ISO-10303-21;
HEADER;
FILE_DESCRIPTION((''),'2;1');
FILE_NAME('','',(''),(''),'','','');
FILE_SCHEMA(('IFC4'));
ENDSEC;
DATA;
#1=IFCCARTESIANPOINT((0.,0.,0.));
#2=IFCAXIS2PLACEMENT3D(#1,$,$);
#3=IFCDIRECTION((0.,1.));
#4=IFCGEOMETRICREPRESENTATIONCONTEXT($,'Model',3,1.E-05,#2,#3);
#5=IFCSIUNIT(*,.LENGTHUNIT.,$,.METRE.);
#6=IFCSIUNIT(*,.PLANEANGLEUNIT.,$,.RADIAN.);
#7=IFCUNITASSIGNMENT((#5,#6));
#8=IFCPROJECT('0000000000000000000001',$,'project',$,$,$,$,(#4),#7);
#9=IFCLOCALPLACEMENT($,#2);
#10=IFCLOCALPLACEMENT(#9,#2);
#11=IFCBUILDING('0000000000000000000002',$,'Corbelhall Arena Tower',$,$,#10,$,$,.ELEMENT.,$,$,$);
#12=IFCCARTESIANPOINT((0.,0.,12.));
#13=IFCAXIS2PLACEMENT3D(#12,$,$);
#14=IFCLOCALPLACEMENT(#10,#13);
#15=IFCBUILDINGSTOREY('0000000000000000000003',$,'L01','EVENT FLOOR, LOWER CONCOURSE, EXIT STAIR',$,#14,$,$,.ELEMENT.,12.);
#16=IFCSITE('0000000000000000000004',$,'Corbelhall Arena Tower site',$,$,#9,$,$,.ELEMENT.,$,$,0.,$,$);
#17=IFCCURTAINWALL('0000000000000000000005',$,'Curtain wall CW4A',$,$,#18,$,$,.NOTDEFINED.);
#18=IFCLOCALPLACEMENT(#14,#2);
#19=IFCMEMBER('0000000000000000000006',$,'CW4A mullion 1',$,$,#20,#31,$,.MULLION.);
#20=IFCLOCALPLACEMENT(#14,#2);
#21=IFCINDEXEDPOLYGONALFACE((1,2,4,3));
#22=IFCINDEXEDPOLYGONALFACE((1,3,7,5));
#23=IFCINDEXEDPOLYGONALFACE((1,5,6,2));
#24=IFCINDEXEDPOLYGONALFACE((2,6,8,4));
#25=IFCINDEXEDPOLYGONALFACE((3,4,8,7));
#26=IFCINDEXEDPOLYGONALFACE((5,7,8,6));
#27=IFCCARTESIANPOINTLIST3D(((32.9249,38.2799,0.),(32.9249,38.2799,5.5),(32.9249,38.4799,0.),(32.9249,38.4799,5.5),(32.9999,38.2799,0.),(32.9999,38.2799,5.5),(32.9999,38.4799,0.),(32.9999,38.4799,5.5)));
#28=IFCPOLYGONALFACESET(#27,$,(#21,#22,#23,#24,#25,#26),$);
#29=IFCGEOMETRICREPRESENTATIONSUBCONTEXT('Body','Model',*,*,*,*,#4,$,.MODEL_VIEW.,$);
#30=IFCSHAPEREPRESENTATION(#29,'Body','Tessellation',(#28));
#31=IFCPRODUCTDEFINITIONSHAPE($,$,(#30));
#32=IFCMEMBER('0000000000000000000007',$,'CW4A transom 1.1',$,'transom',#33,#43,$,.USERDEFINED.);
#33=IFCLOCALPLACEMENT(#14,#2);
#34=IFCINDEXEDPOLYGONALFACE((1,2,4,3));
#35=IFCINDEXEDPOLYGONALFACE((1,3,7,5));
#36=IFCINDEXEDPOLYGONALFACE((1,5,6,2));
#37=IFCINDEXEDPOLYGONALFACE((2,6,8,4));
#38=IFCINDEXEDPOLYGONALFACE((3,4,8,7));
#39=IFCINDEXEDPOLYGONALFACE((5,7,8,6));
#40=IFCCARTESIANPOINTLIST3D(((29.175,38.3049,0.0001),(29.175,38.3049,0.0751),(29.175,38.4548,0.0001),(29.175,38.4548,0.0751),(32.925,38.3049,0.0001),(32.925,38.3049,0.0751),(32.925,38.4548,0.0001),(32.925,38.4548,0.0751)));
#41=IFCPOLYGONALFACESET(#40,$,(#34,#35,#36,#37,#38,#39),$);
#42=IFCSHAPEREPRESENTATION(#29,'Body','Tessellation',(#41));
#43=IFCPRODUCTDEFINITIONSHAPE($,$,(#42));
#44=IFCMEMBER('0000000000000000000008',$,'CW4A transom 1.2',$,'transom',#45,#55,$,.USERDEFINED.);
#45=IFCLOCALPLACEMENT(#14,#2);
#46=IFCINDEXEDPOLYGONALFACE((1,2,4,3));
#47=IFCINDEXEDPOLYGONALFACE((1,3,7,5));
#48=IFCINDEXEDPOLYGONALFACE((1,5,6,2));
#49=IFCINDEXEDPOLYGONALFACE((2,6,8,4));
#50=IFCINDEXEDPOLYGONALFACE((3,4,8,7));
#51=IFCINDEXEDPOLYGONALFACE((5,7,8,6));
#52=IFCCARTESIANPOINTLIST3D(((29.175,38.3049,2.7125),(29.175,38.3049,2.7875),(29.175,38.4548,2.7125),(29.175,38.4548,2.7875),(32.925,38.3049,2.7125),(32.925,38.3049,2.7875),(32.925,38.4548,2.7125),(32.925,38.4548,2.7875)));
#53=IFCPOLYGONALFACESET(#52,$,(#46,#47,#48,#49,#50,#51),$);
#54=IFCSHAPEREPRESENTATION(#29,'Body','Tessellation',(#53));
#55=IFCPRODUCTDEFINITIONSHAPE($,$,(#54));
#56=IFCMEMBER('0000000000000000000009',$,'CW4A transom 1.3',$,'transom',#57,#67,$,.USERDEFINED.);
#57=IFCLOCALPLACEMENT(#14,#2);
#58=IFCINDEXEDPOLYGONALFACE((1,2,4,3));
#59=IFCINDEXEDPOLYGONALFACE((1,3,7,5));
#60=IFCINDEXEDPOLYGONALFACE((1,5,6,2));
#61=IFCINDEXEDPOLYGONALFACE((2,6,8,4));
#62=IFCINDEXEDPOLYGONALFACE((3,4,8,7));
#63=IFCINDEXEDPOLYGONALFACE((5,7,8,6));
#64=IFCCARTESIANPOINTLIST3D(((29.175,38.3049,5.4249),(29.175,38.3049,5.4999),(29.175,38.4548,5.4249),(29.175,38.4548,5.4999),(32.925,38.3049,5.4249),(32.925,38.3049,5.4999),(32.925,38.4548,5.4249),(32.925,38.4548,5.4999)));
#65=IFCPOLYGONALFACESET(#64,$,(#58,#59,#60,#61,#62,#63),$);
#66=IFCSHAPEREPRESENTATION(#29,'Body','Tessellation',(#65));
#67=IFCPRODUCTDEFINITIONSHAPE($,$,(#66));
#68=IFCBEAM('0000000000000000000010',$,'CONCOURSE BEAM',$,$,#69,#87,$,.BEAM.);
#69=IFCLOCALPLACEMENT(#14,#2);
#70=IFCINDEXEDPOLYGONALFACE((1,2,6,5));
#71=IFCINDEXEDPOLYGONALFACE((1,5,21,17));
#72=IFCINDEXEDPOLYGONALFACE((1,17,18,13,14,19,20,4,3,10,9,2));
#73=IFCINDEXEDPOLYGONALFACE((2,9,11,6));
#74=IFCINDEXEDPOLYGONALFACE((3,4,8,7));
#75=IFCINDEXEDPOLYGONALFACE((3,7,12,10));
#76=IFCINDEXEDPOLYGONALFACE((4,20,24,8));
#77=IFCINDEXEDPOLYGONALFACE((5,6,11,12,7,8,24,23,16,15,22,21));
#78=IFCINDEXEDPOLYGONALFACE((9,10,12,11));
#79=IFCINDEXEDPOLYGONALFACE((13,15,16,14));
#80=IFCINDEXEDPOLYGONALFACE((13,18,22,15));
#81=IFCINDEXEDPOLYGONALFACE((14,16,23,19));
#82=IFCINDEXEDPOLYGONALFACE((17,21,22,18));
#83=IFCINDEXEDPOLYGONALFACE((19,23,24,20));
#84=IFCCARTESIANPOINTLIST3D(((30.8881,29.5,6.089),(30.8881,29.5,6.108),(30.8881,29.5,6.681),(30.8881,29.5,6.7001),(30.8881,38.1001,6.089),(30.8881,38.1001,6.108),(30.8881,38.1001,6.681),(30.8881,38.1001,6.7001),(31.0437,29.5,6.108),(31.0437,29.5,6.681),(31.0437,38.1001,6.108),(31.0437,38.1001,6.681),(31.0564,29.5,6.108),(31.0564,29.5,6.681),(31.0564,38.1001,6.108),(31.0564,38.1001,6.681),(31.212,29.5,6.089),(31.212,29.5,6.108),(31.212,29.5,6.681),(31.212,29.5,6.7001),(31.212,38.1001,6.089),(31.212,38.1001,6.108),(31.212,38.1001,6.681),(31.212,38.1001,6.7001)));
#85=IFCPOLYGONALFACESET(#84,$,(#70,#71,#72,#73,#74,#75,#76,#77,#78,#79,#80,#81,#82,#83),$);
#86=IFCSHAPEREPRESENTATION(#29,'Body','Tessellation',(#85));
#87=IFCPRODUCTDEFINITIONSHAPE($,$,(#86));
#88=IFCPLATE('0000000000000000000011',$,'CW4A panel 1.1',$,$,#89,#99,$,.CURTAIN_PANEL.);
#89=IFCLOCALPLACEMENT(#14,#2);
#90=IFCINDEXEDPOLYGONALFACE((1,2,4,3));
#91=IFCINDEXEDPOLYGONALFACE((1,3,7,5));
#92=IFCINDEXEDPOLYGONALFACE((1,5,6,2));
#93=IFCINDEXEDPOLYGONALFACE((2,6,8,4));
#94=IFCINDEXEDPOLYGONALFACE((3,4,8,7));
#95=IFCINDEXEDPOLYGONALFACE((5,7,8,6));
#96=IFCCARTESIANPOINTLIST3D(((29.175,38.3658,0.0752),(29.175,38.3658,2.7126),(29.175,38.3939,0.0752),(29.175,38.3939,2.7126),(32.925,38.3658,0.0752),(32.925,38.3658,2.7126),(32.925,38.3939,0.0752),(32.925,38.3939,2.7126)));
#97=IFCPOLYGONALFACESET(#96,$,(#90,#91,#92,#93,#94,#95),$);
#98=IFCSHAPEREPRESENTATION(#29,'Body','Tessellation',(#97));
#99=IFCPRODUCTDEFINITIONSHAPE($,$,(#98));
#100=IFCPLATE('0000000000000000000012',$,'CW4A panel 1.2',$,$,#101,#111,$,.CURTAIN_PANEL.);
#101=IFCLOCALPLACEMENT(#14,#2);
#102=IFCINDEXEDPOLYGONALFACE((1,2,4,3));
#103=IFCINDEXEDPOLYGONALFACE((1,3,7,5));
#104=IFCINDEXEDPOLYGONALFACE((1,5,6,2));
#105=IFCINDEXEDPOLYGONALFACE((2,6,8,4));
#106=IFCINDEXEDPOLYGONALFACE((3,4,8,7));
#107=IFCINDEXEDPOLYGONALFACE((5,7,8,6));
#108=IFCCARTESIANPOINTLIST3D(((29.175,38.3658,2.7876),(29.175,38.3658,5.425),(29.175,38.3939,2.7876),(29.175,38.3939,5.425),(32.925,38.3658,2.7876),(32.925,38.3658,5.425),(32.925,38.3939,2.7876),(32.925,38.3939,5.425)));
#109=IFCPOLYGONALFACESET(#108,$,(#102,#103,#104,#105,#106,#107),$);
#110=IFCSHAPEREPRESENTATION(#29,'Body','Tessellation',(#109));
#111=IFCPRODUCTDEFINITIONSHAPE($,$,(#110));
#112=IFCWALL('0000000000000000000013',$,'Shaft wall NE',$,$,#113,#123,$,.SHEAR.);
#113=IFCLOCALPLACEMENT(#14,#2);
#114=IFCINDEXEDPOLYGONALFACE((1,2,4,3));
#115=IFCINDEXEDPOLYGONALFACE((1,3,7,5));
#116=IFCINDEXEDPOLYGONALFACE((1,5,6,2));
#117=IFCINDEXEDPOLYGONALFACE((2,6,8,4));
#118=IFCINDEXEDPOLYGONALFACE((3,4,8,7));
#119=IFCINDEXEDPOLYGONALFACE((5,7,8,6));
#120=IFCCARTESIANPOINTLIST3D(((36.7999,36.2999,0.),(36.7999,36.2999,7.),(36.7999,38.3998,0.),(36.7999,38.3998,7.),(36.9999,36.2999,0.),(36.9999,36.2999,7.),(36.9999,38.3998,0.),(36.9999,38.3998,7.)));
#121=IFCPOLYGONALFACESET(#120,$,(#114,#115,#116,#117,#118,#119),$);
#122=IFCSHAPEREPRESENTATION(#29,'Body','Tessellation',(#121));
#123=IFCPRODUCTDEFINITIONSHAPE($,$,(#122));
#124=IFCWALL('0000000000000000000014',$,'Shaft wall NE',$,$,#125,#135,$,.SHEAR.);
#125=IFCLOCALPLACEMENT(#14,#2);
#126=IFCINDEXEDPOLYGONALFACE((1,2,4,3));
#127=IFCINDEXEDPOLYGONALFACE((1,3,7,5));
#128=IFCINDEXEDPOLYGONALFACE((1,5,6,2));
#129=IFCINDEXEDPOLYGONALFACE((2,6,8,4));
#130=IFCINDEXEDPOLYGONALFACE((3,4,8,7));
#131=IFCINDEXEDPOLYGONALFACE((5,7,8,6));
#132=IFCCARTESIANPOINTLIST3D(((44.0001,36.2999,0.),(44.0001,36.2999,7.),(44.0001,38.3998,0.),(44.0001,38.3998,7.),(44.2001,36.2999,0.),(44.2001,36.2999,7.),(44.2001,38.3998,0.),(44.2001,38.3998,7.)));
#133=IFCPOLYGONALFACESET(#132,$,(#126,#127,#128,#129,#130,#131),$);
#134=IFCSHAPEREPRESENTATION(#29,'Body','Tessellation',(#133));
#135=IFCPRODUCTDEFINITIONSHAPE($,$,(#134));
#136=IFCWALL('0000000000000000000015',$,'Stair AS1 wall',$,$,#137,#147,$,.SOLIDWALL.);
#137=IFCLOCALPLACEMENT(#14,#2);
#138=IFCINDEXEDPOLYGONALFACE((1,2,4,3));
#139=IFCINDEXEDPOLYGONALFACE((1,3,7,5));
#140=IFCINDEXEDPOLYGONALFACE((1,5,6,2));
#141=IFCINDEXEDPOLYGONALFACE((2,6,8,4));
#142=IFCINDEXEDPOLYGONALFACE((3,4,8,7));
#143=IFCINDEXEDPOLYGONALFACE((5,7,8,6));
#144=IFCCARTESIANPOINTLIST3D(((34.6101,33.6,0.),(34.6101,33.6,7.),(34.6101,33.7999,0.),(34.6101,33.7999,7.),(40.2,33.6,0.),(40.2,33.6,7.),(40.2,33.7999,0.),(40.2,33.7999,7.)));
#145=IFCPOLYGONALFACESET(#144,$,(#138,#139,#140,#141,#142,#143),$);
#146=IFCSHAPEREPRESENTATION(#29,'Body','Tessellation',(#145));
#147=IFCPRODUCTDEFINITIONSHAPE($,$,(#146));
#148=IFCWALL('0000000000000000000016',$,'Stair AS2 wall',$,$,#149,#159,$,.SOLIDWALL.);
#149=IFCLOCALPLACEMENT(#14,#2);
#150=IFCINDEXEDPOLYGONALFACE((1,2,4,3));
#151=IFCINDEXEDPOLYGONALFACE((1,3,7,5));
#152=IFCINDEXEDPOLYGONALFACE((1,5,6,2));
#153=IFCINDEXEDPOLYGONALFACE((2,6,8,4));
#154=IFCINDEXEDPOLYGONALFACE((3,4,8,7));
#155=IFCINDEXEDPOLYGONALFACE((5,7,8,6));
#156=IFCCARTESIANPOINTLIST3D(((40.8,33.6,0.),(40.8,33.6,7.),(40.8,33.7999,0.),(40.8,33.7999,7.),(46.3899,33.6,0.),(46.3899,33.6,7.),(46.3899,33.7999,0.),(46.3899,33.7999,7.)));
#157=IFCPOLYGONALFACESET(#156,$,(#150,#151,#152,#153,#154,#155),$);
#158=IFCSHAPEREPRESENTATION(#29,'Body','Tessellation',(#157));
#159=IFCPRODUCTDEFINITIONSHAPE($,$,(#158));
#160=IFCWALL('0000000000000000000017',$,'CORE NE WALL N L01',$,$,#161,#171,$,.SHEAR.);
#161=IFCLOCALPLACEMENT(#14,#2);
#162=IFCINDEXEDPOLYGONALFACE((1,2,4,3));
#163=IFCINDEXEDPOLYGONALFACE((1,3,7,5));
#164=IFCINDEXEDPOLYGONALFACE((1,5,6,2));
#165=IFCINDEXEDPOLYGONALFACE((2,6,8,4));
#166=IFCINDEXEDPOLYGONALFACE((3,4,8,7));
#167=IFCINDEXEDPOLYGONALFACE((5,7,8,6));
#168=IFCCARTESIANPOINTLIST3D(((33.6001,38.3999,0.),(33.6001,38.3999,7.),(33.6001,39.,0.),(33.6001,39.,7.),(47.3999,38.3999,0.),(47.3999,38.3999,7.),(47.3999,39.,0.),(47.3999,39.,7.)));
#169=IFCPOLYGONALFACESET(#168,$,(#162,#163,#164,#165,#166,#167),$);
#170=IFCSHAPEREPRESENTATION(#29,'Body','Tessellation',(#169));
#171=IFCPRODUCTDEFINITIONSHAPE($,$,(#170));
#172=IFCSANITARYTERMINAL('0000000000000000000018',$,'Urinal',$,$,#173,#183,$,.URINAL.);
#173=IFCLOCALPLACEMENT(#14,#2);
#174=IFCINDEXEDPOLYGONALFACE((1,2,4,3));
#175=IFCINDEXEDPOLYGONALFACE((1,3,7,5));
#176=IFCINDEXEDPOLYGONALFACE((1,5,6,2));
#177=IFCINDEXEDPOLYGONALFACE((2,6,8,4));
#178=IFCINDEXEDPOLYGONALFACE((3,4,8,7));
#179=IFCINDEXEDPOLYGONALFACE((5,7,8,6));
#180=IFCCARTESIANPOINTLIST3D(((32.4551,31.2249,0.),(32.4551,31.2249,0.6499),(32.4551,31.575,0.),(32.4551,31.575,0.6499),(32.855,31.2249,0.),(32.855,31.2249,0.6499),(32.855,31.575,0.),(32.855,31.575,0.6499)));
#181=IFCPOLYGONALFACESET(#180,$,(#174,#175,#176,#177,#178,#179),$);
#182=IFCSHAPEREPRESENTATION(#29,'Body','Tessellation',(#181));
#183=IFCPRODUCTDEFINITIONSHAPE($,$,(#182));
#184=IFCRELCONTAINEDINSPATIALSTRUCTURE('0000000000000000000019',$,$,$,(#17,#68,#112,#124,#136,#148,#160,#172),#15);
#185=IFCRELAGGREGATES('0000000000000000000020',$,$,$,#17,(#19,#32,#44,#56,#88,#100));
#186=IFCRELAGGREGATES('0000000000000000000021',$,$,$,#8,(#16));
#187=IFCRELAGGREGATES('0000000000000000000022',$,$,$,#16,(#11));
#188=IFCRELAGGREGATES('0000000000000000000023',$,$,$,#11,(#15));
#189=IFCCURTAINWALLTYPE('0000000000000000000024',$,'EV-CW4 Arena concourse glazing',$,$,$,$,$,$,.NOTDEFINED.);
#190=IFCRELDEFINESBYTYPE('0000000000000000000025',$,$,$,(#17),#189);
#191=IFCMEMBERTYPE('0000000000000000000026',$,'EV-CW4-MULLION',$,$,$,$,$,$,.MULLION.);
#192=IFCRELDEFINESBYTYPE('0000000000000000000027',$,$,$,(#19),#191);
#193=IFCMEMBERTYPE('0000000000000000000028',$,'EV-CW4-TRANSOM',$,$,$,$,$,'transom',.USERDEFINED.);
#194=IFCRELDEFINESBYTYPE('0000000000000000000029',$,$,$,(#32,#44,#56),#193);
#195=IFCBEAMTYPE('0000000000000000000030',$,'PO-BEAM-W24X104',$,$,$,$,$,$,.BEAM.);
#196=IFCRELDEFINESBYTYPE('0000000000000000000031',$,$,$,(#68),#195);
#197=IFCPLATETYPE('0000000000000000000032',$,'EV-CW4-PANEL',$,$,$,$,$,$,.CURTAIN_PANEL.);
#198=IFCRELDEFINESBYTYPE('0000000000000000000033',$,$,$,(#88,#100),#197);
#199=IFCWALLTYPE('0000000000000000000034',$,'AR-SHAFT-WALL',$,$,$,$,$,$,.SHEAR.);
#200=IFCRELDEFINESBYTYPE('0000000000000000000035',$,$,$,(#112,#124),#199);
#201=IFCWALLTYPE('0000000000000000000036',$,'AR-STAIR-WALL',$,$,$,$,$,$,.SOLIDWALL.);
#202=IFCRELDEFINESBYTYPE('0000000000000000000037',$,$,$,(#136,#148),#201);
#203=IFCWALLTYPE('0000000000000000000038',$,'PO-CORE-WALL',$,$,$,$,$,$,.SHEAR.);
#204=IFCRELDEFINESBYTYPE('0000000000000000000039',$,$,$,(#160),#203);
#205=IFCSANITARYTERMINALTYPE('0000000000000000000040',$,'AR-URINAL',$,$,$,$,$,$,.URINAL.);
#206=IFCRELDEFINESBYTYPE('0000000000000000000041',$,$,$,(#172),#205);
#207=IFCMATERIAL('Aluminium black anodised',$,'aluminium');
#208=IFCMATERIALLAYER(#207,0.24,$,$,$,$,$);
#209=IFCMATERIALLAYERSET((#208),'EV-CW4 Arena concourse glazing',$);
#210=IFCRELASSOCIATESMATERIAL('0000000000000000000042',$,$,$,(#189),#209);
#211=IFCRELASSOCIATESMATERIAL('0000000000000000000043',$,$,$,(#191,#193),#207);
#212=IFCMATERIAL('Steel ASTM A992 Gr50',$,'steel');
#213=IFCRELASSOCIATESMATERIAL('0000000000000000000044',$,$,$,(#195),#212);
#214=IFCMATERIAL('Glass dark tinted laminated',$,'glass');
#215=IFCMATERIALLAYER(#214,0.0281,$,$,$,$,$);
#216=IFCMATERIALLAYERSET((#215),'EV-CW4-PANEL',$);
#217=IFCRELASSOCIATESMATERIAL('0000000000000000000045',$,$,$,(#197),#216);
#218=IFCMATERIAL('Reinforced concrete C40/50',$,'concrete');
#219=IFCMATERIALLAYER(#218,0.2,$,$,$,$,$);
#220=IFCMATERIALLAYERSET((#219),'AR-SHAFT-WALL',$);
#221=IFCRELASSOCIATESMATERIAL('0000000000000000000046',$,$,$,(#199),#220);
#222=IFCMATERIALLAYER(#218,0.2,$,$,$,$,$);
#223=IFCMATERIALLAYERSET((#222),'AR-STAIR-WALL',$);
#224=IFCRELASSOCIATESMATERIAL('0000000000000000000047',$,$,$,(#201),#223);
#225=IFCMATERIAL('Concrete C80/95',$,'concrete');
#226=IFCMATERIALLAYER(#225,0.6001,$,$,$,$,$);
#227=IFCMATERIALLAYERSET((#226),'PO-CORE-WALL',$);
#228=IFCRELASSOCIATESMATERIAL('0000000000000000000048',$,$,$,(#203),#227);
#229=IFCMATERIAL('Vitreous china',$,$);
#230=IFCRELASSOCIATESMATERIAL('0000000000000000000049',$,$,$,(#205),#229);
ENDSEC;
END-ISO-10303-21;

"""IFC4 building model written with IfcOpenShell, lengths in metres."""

from ifc_helpers import new_model, si_unit, direction, frame, frame_2d, origin, origin_2d, place, context, subcontext, project, spatial, rectangle, i_section, extrude, material, layer, layer_set, material_profile, profile_set, type_object, element, aggregate, save


model = new_model("IFC4")

# Units and contexts
model_context = context("Model", 3, precision=1e-05, world=origin(), true_north=direction((0.0, 1.0)))
body_context = subcontext(model_context, "Body", "Model", "MODEL_VIEW")
ifc_project = project(units=[si_unit("LENGTHUNIT", "METRE"), si_unit("PLANEANGLEUNIT", "RADIAN")], contexts=[model_context])

# Site, building, storey
site_placement = place(None, origin())
site = spatial("IfcSite", under=ifc_project, at=site_placement, Name="Corbelhall Arena Tower site", CompositionType="ELEMENT", RefElevation=0.0)
building_placement = place(site_placement, origin())
building = spatial("IfcBuilding", under=site, at=building_placement, Name="Corbelhall Arena Tower", CompositionType="ELEMENT")
storey_placement = place(building_placement, frame((0.0, 0.0, 12.0)))
storey = spatial("IfcBuildingStorey", under=building, at=storey_placement, Name="L01", Description="EVENT FLOOR, LOWER CONCOURSE, EXIT STAIR", CompositionType="ELEMENT", Elevation=12.0)

# Curtain wall, members
ifc_material_1 = material(Name="Aluminium black anodised", Category="aluminium")
ifc_layer_1 = layer(ifc_material_1, 0.24)
ifc_layer_set_1 = layer_set([ifc_layer_1], Name="EV-CW4 Arena concourse glazing")
curtain_wall_type = type_object("IfcCurtainWallType", Name="EV-CW4 Arena concourse glazing", PredefinedType="NOTDEFINED", material=ifc_layer_set_1)
curtain_wall_placement = place(storey_placement, origin())
curtain_wall = element("IfcCurtainWall", 1, at=curtain_wall_placement, inside=storey, type_object=curtain_wall_type, Name="Curtain wall CW4A", PredefinedType="NOTDEFINED")
ifc_material_profile_1 = material_profile(ifc_material_1, rectangle(XDim=0.2, YDim=0.075, at=origin_2d()))
ifc_profile_set_1 = profile_set([ifc_material_profile_1], Name="Aluminium black anodised")
member_type_1 = type_object("IfcMemberType", Name="EV-CW4-MULLION", PredefinedType="MULLION", material=ifc_profile_set_1)
member_1_placement = place(storey_placement, frame((32.9624, 38.3799, 0.0), z_axis=(0.0, 0.0, 1.0), x_axis=(0.0, -1.0, 0.0)))
member_1 = element("IfcMember", 2, at=member_1_placement, type_object=member_type_1, Name="CW4A mullion 1", PredefinedType="MULLION", context=body_context, shape_type="SweptSolid", body=[
    extrude(rectangle(XDim=0.2, YDim=0.075, at=origin_2d()), origin(), (0.0, 0.0, 1.0), 5.5),
])
ifc_material_profile_2 = material_profile(ifc_material_1, rectangle(XDim=0.1499, YDim=0.075, at=origin_2d()))
ifc_profile_set_2 = profile_set([ifc_material_profile_2], Name="Aluminium black anodised")
member_type_2 = type_object("IfcMemberType", Name="EV-CW4-TRANSOM", ElementType="transom", PredefinedType="USERDEFINED", material=ifc_profile_set_2)
member_2_placement = place(storey_placement, frame((32.925, 38.3799, 0.0376), z_axis=(-1.0, 0.0, 0.0), x_axis=(0.0, -1.0, 0.0)))
member_2 = element("IfcMember", 3, at=member_2_placement, type_object=member_type_2, Name="CW4A transom 1.1", ObjectType="transom", PredefinedType="USERDEFINED", context=body_context, shape_type="SweptSolid", body=[
    extrude(rectangle(XDim=0.1499, YDim=0.075, at=origin_2d()), origin(), (0.0, 0.0, 1.0), 3.75),
])
member_3_placement = place(storey_placement, frame((32.925, 38.3799, 2.75), z_axis=(-1.0, 0.0, 0.0), x_axis=(0.0, -1.0, 0.0)))
member_3 = element("IfcMember", 4, at=member_3_placement, type_object=member_type_2, Name="CW4A transom 1.2", ObjectType="transom", PredefinedType="USERDEFINED", context=body_context, shape_type="SweptSolid", body=[
    extrude(rectangle(XDim=0.1499, YDim=0.075, at=origin_2d()), origin(), (0.0, 0.0, 1.0), 3.75),
])
member_4_placement = place(storey_placement, frame((32.925, 38.3799, 5.4624), z_axis=(-1.0, 0.0, 0.0), x_axis=(0.0, -1.0, 0.0)))
member_4 = element("IfcMember", 5, at=member_4_placement, type_object=member_type_2, Name="CW4A transom 1.3", ObjectType="transom", PredefinedType="USERDEFINED", context=body_context, shape_type="SweptSolid", body=[
    extrude(rectangle(XDim=0.1499, YDim=0.075, at=origin_2d()), origin(), (0.0, 0.0, 1.0), 3.75),
])

# Beam
ifc_material_2 = material(Name="Steel ASTM A992 Gr50", Category="steel")
ifc_material_profile_3 = material_profile(ifc_material_2, i_section(OverallWidth=0.324, OverallDepth=0.6111, WebThickness=0.0127, FlangeThickness=0.019, at=origin_2d()))
ifc_profile_set_3 = profile_set([ifc_material_profile_3], Name="Steel ASTM A992 Gr50")
beam_type = type_object("IfcBeamType", Name="PO-BEAM-W24X104", PredefinedType="BEAM", material=ifc_profile_set_3)
beam_placement = place(storey_placement, frame((31.05, 29.5, 6.3945), z_axis=(0.0, 1.0, 0.0), x_axis=(-1.0, 0.0, 0.0)))
element("IfcBeam", 6, at=beam_placement, inside=storey, type_object=beam_type, Name="CONCOURSE BEAM", PredefinedType="BEAM", context=body_context, shape_type="SweptSolid", body=[
    extrude(i_section(OverallWidth=0.324, OverallDepth=0.6111, WebThickness=0.0127, FlangeThickness=0.019, at=origin_2d()), origin(), (0.0, 0.0, 1.0), 8.6001),
])

# Plates
ifc_material_3 = material(Name="Glass dark tinted laminated", Category="glass")
ifc_layer_2 = layer(ifc_material_3, 0.0281)
ifc_layer_set_2 = layer_set([ifc_layer_2], Name="EV-CW4-PANEL")
plate_type = type_object("IfcPlateType", Name="EV-CW4-PANEL", PredefinedType="CURTAIN_PANEL", material=ifc_layer_set_2)
plate_1_placement = place(storey_placement, frame((31.05, 38.3799, 0.0752), z_axis=(0.0, 0.0, 1.0), x_axis=(-1.0, 0.0, 0.0)))
plate_1 = element("IfcPlate", 7, at=plate_1_placement, type_object=plate_type, Name="CW4A panel 1.1", PredefinedType="CURTAIN_PANEL", context=body_context, shape_type="SweptSolid", body=[
    extrude(rectangle(XDim=3.75, YDim=0.0281, at=origin_2d()), origin(), (0.0, 0.0, 1.0), 2.6375),
])
plate_2_placement = place(storey_placement, frame((31.05, 38.3799, 2.7876), z_axis=(0.0, 0.0, 1.0), x_axis=(-1.0, 0.0, 0.0)))
plate_2 = element("IfcPlate", 8, at=plate_2_placement, type_object=plate_type, Name="CW4A panel 1.2", PredefinedType="CURTAIN_PANEL", context=body_context, shape_type="SweptSolid", body=[
    extrude(rectangle(XDim=3.75, YDim=0.0281, at=origin_2d()), origin(), (0.0, 0.0, 1.0), 2.6375),
])
aggregate(curtain_wall, [member_1, member_2, member_3, member_4, plate_1, plate_2])

# Shared definitions
ifc_material_4 = material(Name="Reinforced concrete C40/50", Category="concrete")
ifc_layer_3 = layer(ifc_material_4, 0.2)
ifc_layer_set_3 = layer_set([ifc_layer_3], Name="AR-SHAFT-WALL")
wall_type_1 = type_object("IfcWallType", Name="AR-SHAFT-WALL", PredefinedType="SHEAR", material=ifc_layer_set_3)

# Walls
for number, where, z_axis, x_axis, name in (
    (9, (36.8999, 36.3, 0.0), (0.0, 0.0, 1.0), (0.0, 1.0, 0.0), "Shaft wall NE"),
    (10, (44.1001, 36.3, 0.0), (0.0, 0.0, 1.0), (0.0, 1.0, 0.0), "Shaft wall NE"),
):
    element("IfcWall", number, at=place(storey_placement, frame(where, z_axis=z_axis, x_axis=x_axis)), inside=storey, type_object=wall_type_1, Name=name, PredefinedType="SHEAR", context=body_context, shape_type="SweptSolid", body=[
        extrude(rectangle(XDim=2.0999, YDim=0.2, at=frame_2d((1.0498, 0.0))), origin(), (0.0, 0.0, 1.0), 7.0),
    ])
ifc_layer_4 = layer(ifc_material_4, 0.2)
ifc_layer_set_4 = layer_set([ifc_layer_4], Name="AR-STAIR-WALL")
wall_type_2 = type_object("IfcWallType", Name="AR-STAIR-WALL", PredefinedType="SOLIDWALL", material=ifc_layer_set_4)
for number, where, z_axis, x_axis, name in (
    (11, (34.6101, 33.7, 0.0), (0.0, 0.0, 1.0), (1.0, 0.0, 0.0), "Stair AS1 wall"),
    (12, (40.8, 33.7, 0.0), (0.0, 0.0, 1.0), (1.0, 0.0, 0.0), "Stair AS2 wall"),
):
    element("IfcWall", number, at=place(storey_placement, frame(where, z_axis=z_axis, x_axis=x_axis)), inside=storey, type_object=wall_type_2, Name=name, PredefinedType="SOLIDWALL", context=body_context, shape_type="SweptSolid", body=[
        extrude(rectangle(XDim=5.5898, YDim=0.2, at=frame_2d((2.7949, 0.0))), origin(), (0.0, 0.0, 1.0), 7.0),
    ])
ifc_material_5 = material(Name="Concrete C80/95", Category="concrete")
ifc_layer_5 = layer(ifc_material_5, 0.6001)
ifc_layer_set_5 = layer_set([ifc_layer_5], Name="PO-CORE-WALL")
wall_type_3 = type_object("IfcWallType", Name="PO-CORE-WALL", PredefinedType="SHEAR", material=ifc_layer_set_5)
wall_1_placement = place(storey_placement, frame((33.6001, 38.7, 0.0), z_axis=(0.0, 0.0, 1.0), x_axis=(1.0, 0.0, 0.0)))
element("IfcWall", 13, at=wall_1_placement, inside=storey, type_object=wall_type_3, Name="CORE NE WALL N L01", PredefinedType="SHEAR", context=body_context, shape_type="SweptSolid", body=[
    extrude(rectangle(XDim=13.7998, YDim=0.6001, at=frame_2d((6.8999, 0.0))), origin(), (0.0, 0.0, 1.0), 7.0),
])

# Sanitary terminal
ifc_material_6 = material(Name="Vitreous china")
sanitary_terminal_type_1 = type_object("IfcSanitaryTerminalType", Name="AR-URINAL", PredefinedType="URINAL", material=ifc_material_6)
for number, where, z_axis, x_axis, name in (
    (14, (32.655, 31.3999, 0.0), (0.0, 0.0, 1.0), (1.0, 0.0, 0.0), "Urinal"),
):
    element("IfcSanitaryTerminal", number, at=place(storey_placement, frame(where, z_axis=z_axis, x_axis=x_axis)), inside=storey, type_object=sanitary_terminal_type_1, Name=name, PredefinedType="URINAL", context=body_context, shape_type="SweptSolid", body=[
        extrude(rectangle(XDim=0.3999, YDim=0.3501, at=origin_2d()), origin(), (0.0, 0.0, 1.0), 0.6499),
    ])

save(model, "model.ifc")
